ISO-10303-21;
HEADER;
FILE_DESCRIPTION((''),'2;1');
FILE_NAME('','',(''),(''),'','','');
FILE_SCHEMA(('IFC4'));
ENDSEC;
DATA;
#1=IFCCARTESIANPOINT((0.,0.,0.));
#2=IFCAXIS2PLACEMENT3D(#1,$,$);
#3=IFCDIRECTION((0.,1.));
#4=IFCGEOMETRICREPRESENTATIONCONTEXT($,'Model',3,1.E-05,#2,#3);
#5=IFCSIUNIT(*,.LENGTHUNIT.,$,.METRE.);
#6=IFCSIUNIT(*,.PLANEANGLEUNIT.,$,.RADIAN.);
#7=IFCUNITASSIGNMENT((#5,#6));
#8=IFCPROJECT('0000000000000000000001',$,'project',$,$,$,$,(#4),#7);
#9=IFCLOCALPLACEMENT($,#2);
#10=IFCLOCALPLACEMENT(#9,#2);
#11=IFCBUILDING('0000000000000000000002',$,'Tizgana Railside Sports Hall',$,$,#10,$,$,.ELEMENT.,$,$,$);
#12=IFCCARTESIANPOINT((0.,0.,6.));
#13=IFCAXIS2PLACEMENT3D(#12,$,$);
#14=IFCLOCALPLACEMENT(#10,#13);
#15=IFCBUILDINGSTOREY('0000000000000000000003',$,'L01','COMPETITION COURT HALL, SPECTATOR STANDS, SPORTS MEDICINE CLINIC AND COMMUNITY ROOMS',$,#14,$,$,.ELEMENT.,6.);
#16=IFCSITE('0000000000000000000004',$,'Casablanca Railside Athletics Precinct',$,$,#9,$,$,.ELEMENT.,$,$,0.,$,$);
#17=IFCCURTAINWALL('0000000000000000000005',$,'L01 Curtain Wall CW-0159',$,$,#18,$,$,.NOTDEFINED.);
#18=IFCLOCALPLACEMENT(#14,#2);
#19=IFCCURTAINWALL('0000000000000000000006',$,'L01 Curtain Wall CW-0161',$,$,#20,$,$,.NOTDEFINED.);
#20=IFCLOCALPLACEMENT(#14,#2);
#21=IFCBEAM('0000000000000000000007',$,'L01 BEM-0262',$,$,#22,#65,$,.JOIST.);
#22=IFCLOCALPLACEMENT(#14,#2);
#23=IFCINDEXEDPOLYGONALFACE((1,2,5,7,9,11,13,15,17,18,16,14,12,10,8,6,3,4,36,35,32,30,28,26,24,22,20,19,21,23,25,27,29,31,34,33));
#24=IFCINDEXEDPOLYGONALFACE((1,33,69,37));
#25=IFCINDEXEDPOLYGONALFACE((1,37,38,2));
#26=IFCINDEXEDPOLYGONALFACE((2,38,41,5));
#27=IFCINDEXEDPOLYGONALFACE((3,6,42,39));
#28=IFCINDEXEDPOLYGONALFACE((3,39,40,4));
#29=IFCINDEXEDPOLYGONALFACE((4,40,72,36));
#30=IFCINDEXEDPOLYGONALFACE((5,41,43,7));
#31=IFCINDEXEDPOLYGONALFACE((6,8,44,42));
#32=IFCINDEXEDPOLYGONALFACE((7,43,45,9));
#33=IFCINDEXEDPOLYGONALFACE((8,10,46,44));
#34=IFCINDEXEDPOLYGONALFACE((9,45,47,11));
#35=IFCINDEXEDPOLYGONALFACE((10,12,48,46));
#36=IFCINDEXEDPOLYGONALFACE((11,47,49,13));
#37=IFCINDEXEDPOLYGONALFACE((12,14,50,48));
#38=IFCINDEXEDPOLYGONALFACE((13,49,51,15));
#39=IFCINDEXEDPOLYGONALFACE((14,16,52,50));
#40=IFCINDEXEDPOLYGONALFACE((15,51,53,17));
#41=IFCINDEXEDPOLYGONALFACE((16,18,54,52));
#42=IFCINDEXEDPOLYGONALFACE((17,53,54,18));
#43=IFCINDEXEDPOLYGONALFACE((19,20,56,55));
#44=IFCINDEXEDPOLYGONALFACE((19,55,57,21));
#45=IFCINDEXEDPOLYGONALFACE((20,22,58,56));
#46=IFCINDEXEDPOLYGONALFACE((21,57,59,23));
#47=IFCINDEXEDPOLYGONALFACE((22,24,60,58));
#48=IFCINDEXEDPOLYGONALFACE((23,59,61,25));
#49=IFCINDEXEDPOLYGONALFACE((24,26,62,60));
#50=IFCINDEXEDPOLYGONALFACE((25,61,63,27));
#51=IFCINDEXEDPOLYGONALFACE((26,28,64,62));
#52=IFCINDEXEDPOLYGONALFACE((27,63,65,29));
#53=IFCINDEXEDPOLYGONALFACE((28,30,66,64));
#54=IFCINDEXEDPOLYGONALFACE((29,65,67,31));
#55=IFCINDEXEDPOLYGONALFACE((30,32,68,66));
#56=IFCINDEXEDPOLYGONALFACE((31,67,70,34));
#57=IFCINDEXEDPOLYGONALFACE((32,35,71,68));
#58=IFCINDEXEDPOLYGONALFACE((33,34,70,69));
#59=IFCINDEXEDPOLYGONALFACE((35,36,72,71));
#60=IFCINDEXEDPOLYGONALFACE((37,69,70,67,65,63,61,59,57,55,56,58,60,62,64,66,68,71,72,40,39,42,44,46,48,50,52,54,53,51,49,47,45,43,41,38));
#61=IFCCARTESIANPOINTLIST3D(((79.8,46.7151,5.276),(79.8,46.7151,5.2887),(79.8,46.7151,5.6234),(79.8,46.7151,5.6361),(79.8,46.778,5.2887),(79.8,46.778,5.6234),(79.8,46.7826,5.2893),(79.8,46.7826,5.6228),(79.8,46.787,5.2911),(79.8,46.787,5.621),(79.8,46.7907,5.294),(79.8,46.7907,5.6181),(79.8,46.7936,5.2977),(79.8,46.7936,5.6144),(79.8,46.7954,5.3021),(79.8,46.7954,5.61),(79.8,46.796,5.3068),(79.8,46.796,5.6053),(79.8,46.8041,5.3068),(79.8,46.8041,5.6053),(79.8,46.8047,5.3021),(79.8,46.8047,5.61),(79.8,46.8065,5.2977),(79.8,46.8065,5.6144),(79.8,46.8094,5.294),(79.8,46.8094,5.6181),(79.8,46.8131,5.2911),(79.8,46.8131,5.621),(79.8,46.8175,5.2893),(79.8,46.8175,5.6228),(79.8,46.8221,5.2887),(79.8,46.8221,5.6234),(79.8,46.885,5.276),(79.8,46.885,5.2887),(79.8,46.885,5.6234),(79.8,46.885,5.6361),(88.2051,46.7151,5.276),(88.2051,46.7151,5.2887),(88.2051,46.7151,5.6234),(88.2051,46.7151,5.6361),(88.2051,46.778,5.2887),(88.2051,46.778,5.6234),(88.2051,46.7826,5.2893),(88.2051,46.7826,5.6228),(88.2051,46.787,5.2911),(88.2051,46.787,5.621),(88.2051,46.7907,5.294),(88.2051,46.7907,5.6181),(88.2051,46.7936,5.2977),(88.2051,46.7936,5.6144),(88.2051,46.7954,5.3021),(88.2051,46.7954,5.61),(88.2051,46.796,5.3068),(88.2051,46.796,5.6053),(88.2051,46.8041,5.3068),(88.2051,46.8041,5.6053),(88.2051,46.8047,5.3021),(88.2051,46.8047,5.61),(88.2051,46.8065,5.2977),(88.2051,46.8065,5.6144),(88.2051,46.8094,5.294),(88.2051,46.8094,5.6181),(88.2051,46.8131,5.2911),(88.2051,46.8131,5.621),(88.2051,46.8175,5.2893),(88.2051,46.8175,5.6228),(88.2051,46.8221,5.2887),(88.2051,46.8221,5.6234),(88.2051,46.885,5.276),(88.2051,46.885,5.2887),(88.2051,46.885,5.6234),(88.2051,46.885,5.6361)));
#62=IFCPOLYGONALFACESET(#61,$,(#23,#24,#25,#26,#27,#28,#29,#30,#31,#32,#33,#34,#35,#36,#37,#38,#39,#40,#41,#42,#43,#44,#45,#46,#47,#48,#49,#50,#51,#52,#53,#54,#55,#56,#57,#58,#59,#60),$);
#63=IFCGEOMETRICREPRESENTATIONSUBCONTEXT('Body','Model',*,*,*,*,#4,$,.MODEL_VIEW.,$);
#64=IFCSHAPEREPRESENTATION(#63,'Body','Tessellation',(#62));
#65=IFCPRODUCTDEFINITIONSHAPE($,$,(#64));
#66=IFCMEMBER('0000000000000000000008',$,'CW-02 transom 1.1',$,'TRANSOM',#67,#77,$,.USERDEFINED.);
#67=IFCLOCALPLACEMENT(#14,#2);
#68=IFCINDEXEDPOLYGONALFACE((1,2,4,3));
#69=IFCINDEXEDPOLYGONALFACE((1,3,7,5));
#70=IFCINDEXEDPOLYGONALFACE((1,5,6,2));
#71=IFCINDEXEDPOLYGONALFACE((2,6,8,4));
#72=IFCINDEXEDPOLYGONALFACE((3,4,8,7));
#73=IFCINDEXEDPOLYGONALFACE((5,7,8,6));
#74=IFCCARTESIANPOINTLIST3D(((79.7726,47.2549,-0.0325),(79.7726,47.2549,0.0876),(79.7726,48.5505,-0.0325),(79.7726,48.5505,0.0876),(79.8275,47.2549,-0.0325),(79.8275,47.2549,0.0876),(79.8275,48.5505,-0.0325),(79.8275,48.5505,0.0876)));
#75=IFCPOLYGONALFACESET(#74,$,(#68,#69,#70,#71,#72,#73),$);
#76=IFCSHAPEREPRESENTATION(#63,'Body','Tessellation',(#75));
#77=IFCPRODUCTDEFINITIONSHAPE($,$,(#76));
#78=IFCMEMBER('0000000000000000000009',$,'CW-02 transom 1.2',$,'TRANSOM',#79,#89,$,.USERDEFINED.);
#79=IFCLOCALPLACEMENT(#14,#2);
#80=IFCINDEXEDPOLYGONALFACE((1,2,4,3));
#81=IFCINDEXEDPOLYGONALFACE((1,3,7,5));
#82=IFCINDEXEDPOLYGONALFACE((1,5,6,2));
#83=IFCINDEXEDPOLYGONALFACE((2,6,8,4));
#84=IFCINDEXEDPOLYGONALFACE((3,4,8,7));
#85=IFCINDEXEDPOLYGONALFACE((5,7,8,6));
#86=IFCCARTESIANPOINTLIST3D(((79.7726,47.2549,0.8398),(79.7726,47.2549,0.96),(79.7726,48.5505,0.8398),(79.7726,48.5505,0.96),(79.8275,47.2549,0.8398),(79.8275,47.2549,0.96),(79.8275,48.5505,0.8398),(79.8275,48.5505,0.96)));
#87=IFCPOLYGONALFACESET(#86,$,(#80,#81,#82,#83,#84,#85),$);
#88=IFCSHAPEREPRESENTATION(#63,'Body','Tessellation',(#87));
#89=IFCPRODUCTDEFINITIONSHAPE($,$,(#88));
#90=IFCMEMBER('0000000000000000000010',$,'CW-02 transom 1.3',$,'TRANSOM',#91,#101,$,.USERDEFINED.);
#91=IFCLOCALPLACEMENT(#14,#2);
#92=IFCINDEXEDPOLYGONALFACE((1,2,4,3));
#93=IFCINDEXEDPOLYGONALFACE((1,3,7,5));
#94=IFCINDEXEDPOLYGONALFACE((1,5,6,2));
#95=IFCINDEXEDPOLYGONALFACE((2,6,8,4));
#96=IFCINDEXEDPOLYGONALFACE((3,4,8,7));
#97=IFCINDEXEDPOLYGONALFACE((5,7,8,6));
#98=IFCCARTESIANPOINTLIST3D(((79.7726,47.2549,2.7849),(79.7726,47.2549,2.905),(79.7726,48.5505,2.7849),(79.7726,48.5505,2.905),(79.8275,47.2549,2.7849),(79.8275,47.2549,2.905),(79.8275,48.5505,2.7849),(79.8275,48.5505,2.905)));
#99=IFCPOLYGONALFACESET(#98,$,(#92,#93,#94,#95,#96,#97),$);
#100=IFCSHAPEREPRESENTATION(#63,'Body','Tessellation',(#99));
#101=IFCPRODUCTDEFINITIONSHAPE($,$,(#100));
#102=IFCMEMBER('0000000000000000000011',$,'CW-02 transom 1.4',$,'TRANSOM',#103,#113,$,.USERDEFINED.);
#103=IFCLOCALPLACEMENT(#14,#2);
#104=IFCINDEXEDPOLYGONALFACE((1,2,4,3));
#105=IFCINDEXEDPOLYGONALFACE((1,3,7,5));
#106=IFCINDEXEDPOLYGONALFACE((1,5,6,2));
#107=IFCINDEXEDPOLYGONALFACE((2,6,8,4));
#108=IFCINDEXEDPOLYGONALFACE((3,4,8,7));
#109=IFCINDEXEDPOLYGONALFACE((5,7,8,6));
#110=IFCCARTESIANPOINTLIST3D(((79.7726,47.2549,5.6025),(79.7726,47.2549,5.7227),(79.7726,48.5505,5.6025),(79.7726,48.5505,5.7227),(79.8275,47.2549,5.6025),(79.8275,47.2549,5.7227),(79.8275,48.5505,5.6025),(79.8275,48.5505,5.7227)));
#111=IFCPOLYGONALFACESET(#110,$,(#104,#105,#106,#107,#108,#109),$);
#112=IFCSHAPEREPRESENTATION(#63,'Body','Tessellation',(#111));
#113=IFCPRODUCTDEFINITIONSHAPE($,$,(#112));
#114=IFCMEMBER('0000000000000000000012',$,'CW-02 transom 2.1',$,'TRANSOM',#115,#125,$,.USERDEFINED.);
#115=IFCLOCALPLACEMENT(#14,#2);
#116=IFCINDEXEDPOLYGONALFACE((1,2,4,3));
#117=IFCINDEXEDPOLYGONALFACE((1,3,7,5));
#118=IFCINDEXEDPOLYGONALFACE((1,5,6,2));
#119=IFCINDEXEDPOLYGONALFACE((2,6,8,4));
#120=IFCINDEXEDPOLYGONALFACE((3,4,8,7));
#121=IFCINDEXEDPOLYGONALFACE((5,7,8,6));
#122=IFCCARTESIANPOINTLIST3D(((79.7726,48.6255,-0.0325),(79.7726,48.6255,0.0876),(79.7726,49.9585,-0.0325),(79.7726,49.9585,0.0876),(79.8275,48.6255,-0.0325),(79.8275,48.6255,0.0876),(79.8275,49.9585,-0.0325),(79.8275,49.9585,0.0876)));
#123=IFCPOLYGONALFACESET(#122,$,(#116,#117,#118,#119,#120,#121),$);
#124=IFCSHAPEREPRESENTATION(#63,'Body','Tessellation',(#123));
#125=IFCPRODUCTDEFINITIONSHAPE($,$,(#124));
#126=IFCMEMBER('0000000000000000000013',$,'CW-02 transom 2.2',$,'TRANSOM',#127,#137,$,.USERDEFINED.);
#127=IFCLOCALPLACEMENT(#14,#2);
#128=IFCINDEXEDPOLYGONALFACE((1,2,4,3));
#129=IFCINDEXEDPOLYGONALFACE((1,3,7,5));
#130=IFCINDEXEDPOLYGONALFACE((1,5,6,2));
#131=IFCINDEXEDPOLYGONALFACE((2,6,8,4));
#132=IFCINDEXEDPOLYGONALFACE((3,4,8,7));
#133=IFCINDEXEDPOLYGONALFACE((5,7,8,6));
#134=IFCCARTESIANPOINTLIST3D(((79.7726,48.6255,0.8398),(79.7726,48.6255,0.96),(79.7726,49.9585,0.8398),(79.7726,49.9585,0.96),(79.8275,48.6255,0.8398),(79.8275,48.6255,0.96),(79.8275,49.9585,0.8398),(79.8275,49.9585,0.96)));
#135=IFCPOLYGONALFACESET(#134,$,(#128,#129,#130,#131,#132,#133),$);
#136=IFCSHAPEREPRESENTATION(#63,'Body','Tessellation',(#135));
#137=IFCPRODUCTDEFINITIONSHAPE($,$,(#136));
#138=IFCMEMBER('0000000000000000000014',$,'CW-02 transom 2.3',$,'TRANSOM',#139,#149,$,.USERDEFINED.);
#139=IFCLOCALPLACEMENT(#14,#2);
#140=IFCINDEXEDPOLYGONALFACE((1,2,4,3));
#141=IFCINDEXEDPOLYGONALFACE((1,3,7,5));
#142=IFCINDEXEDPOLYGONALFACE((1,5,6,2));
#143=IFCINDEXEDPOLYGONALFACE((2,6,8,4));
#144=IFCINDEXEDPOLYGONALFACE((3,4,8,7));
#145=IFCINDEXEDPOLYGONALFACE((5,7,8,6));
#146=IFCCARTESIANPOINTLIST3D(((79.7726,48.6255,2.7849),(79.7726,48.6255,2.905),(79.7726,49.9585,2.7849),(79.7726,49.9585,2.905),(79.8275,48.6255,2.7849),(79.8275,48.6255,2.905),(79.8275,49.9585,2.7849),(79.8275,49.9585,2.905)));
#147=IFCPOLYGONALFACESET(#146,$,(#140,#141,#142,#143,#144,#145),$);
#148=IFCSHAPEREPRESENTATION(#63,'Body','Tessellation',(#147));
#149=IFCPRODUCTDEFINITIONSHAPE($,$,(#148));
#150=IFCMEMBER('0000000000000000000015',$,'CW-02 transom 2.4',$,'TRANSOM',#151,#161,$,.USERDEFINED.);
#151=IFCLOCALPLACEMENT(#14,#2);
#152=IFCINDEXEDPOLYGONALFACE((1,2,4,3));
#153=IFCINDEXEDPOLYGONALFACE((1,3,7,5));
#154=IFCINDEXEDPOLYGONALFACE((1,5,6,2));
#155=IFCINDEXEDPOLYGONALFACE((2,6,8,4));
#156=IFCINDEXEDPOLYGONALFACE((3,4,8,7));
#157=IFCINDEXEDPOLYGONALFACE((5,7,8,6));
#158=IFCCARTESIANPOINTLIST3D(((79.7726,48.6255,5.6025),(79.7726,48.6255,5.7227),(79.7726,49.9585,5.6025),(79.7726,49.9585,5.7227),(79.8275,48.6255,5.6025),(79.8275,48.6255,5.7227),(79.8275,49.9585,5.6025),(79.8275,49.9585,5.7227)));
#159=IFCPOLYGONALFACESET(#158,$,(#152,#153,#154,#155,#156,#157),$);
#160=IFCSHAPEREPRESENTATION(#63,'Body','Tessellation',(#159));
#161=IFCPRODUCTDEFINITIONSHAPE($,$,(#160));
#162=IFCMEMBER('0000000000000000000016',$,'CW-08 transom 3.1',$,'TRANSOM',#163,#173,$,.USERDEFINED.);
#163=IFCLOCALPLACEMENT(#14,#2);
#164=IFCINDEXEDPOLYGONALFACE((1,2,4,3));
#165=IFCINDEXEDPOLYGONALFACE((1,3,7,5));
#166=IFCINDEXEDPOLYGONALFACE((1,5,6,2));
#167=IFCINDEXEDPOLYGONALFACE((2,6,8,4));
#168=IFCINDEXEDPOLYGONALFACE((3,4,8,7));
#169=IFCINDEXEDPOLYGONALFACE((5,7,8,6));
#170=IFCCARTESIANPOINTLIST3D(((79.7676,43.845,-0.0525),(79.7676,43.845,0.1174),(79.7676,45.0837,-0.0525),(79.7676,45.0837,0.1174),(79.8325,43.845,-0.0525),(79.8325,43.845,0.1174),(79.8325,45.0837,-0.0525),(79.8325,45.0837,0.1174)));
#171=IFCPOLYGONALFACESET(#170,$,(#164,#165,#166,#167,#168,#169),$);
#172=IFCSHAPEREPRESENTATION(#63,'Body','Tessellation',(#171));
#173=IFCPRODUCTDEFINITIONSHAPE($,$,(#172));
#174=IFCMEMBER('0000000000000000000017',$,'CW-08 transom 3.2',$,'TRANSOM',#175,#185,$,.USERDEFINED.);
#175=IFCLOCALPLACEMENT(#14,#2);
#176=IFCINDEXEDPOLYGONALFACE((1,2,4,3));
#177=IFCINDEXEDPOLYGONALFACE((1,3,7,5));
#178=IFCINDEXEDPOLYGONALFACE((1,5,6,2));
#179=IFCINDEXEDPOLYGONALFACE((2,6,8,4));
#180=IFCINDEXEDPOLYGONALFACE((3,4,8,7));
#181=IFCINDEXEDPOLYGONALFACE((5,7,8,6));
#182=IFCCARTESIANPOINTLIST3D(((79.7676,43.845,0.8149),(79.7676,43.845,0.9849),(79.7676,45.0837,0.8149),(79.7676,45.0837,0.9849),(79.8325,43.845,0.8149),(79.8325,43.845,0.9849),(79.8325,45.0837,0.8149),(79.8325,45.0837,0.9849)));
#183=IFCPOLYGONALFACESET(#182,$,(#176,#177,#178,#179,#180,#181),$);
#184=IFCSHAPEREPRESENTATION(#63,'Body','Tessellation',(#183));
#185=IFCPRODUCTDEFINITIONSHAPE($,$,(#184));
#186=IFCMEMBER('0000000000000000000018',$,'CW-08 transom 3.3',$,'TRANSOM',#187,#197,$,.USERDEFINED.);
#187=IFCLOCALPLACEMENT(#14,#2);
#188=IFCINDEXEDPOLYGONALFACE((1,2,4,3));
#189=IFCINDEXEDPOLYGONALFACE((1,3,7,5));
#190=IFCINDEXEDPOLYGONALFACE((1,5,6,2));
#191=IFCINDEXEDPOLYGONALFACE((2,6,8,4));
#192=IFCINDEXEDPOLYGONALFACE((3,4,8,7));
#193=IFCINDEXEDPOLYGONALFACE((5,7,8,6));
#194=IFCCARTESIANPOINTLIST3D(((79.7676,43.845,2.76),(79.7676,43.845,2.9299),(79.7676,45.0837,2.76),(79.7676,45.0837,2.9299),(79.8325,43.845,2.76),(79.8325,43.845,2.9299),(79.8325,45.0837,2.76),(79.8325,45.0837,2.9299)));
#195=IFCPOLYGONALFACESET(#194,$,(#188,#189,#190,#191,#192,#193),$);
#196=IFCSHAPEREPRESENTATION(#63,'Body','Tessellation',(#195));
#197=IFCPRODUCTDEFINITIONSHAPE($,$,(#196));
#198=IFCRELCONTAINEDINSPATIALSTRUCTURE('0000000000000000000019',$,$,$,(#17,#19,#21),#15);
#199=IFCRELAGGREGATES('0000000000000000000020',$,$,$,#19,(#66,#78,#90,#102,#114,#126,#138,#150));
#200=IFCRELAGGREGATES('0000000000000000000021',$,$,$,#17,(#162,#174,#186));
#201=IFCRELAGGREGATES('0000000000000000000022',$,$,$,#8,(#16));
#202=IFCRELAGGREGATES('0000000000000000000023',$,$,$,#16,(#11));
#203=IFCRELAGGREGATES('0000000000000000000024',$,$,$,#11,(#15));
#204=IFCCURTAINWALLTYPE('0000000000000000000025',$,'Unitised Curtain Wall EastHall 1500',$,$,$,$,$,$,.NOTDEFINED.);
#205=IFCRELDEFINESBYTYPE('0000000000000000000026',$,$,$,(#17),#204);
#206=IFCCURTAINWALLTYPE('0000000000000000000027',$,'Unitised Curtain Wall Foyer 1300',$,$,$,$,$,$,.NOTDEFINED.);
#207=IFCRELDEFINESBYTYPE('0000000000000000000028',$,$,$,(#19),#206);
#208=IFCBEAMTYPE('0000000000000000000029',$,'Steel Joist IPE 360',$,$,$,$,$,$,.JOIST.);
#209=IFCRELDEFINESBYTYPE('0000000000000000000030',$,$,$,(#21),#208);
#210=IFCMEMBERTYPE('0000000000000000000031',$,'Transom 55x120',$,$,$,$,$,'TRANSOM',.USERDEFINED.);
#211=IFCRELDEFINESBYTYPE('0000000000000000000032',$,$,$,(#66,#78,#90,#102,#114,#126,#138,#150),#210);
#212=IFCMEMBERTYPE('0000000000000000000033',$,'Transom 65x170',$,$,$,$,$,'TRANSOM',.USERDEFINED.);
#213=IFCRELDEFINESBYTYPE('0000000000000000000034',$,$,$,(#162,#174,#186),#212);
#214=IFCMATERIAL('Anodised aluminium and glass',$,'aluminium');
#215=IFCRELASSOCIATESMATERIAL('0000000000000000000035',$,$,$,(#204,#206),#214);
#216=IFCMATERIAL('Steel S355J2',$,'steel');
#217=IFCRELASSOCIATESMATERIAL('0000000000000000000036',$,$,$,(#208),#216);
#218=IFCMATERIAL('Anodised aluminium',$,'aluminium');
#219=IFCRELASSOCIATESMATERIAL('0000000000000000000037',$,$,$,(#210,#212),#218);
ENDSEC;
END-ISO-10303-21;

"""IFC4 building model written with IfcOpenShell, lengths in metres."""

from ifc_helpers import new_model, si_unit, direction, frame, origin, origin_2d, place, context, subcontext, project, spatial, rectangle, i_section, extrude, material, material_profile, profile_set, type_object, element, aggregate, save


model = new_model("IFC4")

# Units and contexts
model_context = context("Model", 3, precision=1e-05, world=origin(), true_north=direction((0.0, 1.0)))
body_context = subcontext(model_context, "Body", "Model", "MODEL_VIEW")
ifc_project = project(units=[si_unit("LENGTHUNIT", "METRE"), si_unit("PLANEANGLEUNIT", "RADIAN")], contexts=[model_context])

# Site, building, storey
site_placement = place(None, origin())
site = spatial("IfcSite", under=ifc_project, at=site_placement, Name="Casablanca Railside Athletics Precinct", CompositionType="ELEMENT", RefElevation=0.0)
building_placement = place(site_placement, origin())
building = spatial("IfcBuilding", under=site, at=building_placement, Name="Tizgana Railside Sports Hall", CompositionType="ELEMENT")
storey_placement = place(building_placement, frame((0.0, 0.0, 6.0)))
storey = spatial("IfcBuildingStorey", under=building, at=storey_placement, Name="L01", Description="COMPETITION COURT HALL, SPECTATOR STANDS, SPORTS MEDICINE CLINIC AND COMMUNITY ROOMS", CompositionType="ELEMENT", Elevation=6.0)

# Curtain walls
ifc_material_1 = material(Name="Anodised aluminium and glass", Category="aluminium")
curtain_wall_type_1 = type_object("IfcCurtainWallType", Name="Unitised Curtain Wall EastHall 1500", PredefinedType="NOTDEFINED", material=ifc_material_1)
curtain_wall_1_placement = place(storey_placement, origin())
curtain_wall_1 = element("IfcCurtainWall", 1, at=curtain_wall_1_placement, inside=storey, type_object=curtain_wall_type_1, Name="L01 Curtain Wall CW-0159", PredefinedType="NOTDEFINED")
ifc_material_2 = material(Name="Anodised aluminium", Category="aluminium")
curtain_wall_type_2 = type_object("IfcCurtainWallType", Name="Unitised Curtain Wall Foyer 1300", PredefinedType="NOTDEFINED", material=ifc_material_1)
curtain_wall_2_placement = place(storey_placement, origin())
curtain_wall_2 = element("IfcCurtainWall", 2, at=curtain_wall_2_placement, inside=storey, type_object=curtain_wall_type_2, Name="L01 Curtain Wall CW-0161", PredefinedType="NOTDEFINED")

# Beam
ifc_material_3 = material(Name="Steel S355J2", Category="steel")
ifc_material_profile_1 = material_profile(ifc_material_3, i_section(OverallWidth=0.1699, OverallDepth=0.3601, WebThickness=0.0081, FlangeThickness=0.0127, FilletRadius=0.0181, at=origin_2d()), Name="IPE 360")
ifc_profile_set_1 = profile_set([ifc_material_profile_1], Name="Steel S355J2")
beam_type_1 = type_object("IfcBeamType", Name="Steel Joist IPE 360", PredefinedType="JOIST", material=ifc_profile_set_1)
beam_1_placement = place(storey_placement, frame((79.8, 46.8, 5.4561), z_axis=(1.0, 0.0, 0.0), x_axis=(0.0, 1.0, 0.0)))
element("IfcBeam", 3, at=beam_1_placement, inside=storey, type_object=beam_type_1, Name="L01 BEM-0262", PredefinedType="JOIST", context=body_context, shape_type="SweptSolid", body=[
    extrude(i_section(OverallWidth=0.1699, OverallDepth=0.3601, WebThickness=0.0081, FlangeThickness=0.0127, FilletRadius=0.0181, at=origin_2d()), origin(), (0.0, 0.0, 1.0), 8.405),
])

# Members
ifc_material_profile_2 = material_profile(ifc_material_2, rectangle(XDim=0.0549, YDim=0.1201, at=origin_2d()), Name="Transom 55x120")
ifc_profile_set_2 = profile_set([ifc_material_profile_2], Name="Anodised aluminium")
member_type_1 = type_object("IfcMemberType", Name="Transom 55x120", ElementType="TRANSOM", PredefinedType="USERDEFINED", material=ifc_profile_set_2)
member_1_placement = place(storey_placement, frame((79.8, 47.2549, 0.0276), z_axis=(0.0, 1.0, 0.0), x_axis=(-1.0, 0.0, 0.0)))
member_1 = element("IfcMember", 4, at=member_1_placement, type_object=member_type_1, Name="CW-02 transom 1.1", ObjectType="TRANSOM", PredefinedType="USERDEFINED", context=body_context, shape_type="SweptSolid", body=[
    extrude(rectangle(XDim=0.0549, YDim=0.1201, at=origin_2d()), origin(), (0.0, 0.0, 1.0), 1.2957),
])
member_2_placement = place(storey_placement, frame((79.8, 47.2549, 0.8999), z_axis=(0.0, 1.0, 0.0), x_axis=(-1.0, 0.0, 0.0)))
member_2 = element("IfcMember", 5, at=member_2_placement, type_object=member_type_1, Name="CW-02 transom 1.2", ObjectType="TRANSOM", PredefinedType="USERDEFINED", context=body_context, shape_type="SweptSolid", body=[
    extrude(rectangle(XDim=0.0549, YDim=0.1201, at=origin_2d()), origin(), (0.0, 0.0, 1.0), 1.2957),
])
member_3_placement = place(storey_placement, frame((79.8, 47.2549, 2.845), z_axis=(0.0, 1.0, 0.0), x_axis=(-1.0, 0.0, 0.0)))
member_3 = element("IfcMember", 6, at=member_3_placement, type_object=member_type_1, Name="CW-02 transom 1.3", ObjectType="TRANSOM", PredefinedType="USERDEFINED", context=body_context, shape_type="SweptSolid", body=[
    extrude(rectangle(XDim=0.0549, YDim=0.1201, at=origin_2d()), origin(), (0.0, 0.0, 1.0), 1.2957),
])
member_4_placement = place(storey_placement, frame((79.8, 47.2549, 5.6626), z_axis=(0.0, 1.0, 0.0), x_axis=(-1.0, 0.0, 0.0)))
member_4 = element("IfcMember", 7, at=member_4_placement, type_object=member_type_1, Name="CW-02 transom 1.4", ObjectType="TRANSOM", PredefinedType="USERDEFINED", context=body_context, shape_type="SweptSolid", body=[
    extrude(rectangle(XDim=0.0549, YDim=0.1201, at=origin_2d()), origin(), (0.0, 0.0, 1.0), 1.2957),
])
member_5_placement = place(storey_placement, frame((79.8, 48.6255, 0.0276), z_axis=(0.0, 1.0, 0.0), x_axis=(-1.0, 0.0, 0.0)))
member_5 = element("IfcMember", 8, at=member_5_placement, type_object=member_type_1, Name="CW-02 transom 2.1", ObjectType="TRANSOM", PredefinedType="USERDEFINED", context=body_context, shape_type="SweptSolid", body=[
    extrude(rectangle(XDim=0.0549, YDim=0.1201, at=origin_2d()), origin(), (0.0, 0.0, 1.0), 1.333),
])
member_6_placement = place(storey_placement, frame((79.8, 48.6255, 0.8999), z_axis=(0.0, 1.0, 0.0), x_axis=(-1.0, 0.0, 0.0)))
member_6 = element("IfcMember", 9, at=member_6_placement, type_object=member_type_1, Name="CW-02 transom 2.2", ObjectType="TRANSOM", PredefinedType="USERDEFINED", context=body_context, shape_type="SweptSolid", body=[
    extrude(rectangle(XDim=0.0549, YDim=0.1201, at=origin_2d()), origin(), (0.0, 0.0, 1.0), 1.333),
])
member_7_placement = place(storey_placement, frame((79.8, 48.6255, 2.845), z_axis=(0.0, 1.0, 0.0), x_axis=(-1.0, 0.0, 0.0)))
member_7 = element("IfcMember", 10, at=member_7_placement, type_object=member_type_1, Name="CW-02 transom 2.3", ObjectType="TRANSOM", PredefinedType="USERDEFINED", context=body_context, shape_type="SweptSolid", body=[
    extrude(rectangle(XDim=0.0549, YDim=0.1201, at=origin_2d()), origin(), (0.0, 0.0, 1.0), 1.333),
])
member_8_placement = place(storey_placement, frame((79.8, 48.6255, 5.6626), z_axis=(0.0, 1.0, 0.0), x_axis=(-1.0, 0.0, 0.0)))
member_8 = element("IfcMember", 11, at=member_8_placement, type_object=member_type_1, Name="CW-02 transom 2.4", ObjectType="TRANSOM", PredefinedType="USERDEFINED", context=body_context, shape_type="SweptSolid", body=[
    extrude(rectangle(XDim=0.0549, YDim=0.1201, at=origin_2d()), origin(), (0.0, 0.0, 1.0), 1.333),
])
ifc_material_profile_3 = material_profile(ifc_material_2, rectangle(XDim=0.0649, YDim=0.1699, at=origin_2d()), Name="Transom 65x170")
ifc_profile_set_3 = profile_set([ifc_material_profile_3], Name="Anodised aluminium")
member_type_2 = type_object("IfcMemberType", Name="Transom 65x170", ElementType="TRANSOM", PredefinedType="USERDEFINED", material=ifc_profile_set_3)
member_9_placement = place(storey_placement, frame((79.8, 43.845, 0.0325), z_axis=(0.0, 1.0, 0.0), x_axis=(-1.0, 0.0, 0.0)))
member_9 = element("IfcMember", 12, at=member_9_placement, type_object=member_type_2, Name="CW-08 transom 3.1", ObjectType="TRANSOM", PredefinedType="USERDEFINED", context=body_context, shape_type="SweptSolid", body=[
    extrude(rectangle(XDim=0.0649, YDim=0.1699, at=origin_2d()), origin(), (0.0, 0.0, 1.0), 1.2388),
])
member_10_placement = place(storey_placement, frame((79.8, 43.845, 0.8999), z_axis=(0.0, 1.0, 0.0), x_axis=(-1.0, 0.0, 0.0)))
member_10 = element("IfcMember", 13, at=member_10_placement, type_object=member_type_2, Name="CW-08 transom 3.2", ObjectType="TRANSOM", PredefinedType="USERDEFINED", context=body_context, shape_type="SweptSolid", body=[
    extrude(rectangle(XDim=0.0649, YDim=0.1699, at=origin_2d()), origin(), (0.0, 0.0, 1.0), 1.2388),
])
member_11_placement = place(storey_placement, frame((79.8, 43.845, 2.845), z_axis=(0.0, 1.0, 0.0), x_axis=(-1.0, 0.0, 0.0)))
member_11 = element("IfcMember", 14, at=member_11_placement, type_object=member_type_2, Name="CW-08 transom 3.3", ObjectType="TRANSOM", PredefinedType="USERDEFINED", context=body_context, shape_type="SweptSolid", body=[
    extrude(rectangle(XDim=0.0649, YDim=0.1699, at=origin_2d()), origin(), (0.0, 0.0, 1.0), 1.2388),
])

aggregate(curtain_wall_2, [member_1, member_2, member_3, member_4, member_5, member_6, member_7, member_8])
aggregate(curtain_wall_1, [member_9, member_10, member_11])

save(model, "model.ifc")
